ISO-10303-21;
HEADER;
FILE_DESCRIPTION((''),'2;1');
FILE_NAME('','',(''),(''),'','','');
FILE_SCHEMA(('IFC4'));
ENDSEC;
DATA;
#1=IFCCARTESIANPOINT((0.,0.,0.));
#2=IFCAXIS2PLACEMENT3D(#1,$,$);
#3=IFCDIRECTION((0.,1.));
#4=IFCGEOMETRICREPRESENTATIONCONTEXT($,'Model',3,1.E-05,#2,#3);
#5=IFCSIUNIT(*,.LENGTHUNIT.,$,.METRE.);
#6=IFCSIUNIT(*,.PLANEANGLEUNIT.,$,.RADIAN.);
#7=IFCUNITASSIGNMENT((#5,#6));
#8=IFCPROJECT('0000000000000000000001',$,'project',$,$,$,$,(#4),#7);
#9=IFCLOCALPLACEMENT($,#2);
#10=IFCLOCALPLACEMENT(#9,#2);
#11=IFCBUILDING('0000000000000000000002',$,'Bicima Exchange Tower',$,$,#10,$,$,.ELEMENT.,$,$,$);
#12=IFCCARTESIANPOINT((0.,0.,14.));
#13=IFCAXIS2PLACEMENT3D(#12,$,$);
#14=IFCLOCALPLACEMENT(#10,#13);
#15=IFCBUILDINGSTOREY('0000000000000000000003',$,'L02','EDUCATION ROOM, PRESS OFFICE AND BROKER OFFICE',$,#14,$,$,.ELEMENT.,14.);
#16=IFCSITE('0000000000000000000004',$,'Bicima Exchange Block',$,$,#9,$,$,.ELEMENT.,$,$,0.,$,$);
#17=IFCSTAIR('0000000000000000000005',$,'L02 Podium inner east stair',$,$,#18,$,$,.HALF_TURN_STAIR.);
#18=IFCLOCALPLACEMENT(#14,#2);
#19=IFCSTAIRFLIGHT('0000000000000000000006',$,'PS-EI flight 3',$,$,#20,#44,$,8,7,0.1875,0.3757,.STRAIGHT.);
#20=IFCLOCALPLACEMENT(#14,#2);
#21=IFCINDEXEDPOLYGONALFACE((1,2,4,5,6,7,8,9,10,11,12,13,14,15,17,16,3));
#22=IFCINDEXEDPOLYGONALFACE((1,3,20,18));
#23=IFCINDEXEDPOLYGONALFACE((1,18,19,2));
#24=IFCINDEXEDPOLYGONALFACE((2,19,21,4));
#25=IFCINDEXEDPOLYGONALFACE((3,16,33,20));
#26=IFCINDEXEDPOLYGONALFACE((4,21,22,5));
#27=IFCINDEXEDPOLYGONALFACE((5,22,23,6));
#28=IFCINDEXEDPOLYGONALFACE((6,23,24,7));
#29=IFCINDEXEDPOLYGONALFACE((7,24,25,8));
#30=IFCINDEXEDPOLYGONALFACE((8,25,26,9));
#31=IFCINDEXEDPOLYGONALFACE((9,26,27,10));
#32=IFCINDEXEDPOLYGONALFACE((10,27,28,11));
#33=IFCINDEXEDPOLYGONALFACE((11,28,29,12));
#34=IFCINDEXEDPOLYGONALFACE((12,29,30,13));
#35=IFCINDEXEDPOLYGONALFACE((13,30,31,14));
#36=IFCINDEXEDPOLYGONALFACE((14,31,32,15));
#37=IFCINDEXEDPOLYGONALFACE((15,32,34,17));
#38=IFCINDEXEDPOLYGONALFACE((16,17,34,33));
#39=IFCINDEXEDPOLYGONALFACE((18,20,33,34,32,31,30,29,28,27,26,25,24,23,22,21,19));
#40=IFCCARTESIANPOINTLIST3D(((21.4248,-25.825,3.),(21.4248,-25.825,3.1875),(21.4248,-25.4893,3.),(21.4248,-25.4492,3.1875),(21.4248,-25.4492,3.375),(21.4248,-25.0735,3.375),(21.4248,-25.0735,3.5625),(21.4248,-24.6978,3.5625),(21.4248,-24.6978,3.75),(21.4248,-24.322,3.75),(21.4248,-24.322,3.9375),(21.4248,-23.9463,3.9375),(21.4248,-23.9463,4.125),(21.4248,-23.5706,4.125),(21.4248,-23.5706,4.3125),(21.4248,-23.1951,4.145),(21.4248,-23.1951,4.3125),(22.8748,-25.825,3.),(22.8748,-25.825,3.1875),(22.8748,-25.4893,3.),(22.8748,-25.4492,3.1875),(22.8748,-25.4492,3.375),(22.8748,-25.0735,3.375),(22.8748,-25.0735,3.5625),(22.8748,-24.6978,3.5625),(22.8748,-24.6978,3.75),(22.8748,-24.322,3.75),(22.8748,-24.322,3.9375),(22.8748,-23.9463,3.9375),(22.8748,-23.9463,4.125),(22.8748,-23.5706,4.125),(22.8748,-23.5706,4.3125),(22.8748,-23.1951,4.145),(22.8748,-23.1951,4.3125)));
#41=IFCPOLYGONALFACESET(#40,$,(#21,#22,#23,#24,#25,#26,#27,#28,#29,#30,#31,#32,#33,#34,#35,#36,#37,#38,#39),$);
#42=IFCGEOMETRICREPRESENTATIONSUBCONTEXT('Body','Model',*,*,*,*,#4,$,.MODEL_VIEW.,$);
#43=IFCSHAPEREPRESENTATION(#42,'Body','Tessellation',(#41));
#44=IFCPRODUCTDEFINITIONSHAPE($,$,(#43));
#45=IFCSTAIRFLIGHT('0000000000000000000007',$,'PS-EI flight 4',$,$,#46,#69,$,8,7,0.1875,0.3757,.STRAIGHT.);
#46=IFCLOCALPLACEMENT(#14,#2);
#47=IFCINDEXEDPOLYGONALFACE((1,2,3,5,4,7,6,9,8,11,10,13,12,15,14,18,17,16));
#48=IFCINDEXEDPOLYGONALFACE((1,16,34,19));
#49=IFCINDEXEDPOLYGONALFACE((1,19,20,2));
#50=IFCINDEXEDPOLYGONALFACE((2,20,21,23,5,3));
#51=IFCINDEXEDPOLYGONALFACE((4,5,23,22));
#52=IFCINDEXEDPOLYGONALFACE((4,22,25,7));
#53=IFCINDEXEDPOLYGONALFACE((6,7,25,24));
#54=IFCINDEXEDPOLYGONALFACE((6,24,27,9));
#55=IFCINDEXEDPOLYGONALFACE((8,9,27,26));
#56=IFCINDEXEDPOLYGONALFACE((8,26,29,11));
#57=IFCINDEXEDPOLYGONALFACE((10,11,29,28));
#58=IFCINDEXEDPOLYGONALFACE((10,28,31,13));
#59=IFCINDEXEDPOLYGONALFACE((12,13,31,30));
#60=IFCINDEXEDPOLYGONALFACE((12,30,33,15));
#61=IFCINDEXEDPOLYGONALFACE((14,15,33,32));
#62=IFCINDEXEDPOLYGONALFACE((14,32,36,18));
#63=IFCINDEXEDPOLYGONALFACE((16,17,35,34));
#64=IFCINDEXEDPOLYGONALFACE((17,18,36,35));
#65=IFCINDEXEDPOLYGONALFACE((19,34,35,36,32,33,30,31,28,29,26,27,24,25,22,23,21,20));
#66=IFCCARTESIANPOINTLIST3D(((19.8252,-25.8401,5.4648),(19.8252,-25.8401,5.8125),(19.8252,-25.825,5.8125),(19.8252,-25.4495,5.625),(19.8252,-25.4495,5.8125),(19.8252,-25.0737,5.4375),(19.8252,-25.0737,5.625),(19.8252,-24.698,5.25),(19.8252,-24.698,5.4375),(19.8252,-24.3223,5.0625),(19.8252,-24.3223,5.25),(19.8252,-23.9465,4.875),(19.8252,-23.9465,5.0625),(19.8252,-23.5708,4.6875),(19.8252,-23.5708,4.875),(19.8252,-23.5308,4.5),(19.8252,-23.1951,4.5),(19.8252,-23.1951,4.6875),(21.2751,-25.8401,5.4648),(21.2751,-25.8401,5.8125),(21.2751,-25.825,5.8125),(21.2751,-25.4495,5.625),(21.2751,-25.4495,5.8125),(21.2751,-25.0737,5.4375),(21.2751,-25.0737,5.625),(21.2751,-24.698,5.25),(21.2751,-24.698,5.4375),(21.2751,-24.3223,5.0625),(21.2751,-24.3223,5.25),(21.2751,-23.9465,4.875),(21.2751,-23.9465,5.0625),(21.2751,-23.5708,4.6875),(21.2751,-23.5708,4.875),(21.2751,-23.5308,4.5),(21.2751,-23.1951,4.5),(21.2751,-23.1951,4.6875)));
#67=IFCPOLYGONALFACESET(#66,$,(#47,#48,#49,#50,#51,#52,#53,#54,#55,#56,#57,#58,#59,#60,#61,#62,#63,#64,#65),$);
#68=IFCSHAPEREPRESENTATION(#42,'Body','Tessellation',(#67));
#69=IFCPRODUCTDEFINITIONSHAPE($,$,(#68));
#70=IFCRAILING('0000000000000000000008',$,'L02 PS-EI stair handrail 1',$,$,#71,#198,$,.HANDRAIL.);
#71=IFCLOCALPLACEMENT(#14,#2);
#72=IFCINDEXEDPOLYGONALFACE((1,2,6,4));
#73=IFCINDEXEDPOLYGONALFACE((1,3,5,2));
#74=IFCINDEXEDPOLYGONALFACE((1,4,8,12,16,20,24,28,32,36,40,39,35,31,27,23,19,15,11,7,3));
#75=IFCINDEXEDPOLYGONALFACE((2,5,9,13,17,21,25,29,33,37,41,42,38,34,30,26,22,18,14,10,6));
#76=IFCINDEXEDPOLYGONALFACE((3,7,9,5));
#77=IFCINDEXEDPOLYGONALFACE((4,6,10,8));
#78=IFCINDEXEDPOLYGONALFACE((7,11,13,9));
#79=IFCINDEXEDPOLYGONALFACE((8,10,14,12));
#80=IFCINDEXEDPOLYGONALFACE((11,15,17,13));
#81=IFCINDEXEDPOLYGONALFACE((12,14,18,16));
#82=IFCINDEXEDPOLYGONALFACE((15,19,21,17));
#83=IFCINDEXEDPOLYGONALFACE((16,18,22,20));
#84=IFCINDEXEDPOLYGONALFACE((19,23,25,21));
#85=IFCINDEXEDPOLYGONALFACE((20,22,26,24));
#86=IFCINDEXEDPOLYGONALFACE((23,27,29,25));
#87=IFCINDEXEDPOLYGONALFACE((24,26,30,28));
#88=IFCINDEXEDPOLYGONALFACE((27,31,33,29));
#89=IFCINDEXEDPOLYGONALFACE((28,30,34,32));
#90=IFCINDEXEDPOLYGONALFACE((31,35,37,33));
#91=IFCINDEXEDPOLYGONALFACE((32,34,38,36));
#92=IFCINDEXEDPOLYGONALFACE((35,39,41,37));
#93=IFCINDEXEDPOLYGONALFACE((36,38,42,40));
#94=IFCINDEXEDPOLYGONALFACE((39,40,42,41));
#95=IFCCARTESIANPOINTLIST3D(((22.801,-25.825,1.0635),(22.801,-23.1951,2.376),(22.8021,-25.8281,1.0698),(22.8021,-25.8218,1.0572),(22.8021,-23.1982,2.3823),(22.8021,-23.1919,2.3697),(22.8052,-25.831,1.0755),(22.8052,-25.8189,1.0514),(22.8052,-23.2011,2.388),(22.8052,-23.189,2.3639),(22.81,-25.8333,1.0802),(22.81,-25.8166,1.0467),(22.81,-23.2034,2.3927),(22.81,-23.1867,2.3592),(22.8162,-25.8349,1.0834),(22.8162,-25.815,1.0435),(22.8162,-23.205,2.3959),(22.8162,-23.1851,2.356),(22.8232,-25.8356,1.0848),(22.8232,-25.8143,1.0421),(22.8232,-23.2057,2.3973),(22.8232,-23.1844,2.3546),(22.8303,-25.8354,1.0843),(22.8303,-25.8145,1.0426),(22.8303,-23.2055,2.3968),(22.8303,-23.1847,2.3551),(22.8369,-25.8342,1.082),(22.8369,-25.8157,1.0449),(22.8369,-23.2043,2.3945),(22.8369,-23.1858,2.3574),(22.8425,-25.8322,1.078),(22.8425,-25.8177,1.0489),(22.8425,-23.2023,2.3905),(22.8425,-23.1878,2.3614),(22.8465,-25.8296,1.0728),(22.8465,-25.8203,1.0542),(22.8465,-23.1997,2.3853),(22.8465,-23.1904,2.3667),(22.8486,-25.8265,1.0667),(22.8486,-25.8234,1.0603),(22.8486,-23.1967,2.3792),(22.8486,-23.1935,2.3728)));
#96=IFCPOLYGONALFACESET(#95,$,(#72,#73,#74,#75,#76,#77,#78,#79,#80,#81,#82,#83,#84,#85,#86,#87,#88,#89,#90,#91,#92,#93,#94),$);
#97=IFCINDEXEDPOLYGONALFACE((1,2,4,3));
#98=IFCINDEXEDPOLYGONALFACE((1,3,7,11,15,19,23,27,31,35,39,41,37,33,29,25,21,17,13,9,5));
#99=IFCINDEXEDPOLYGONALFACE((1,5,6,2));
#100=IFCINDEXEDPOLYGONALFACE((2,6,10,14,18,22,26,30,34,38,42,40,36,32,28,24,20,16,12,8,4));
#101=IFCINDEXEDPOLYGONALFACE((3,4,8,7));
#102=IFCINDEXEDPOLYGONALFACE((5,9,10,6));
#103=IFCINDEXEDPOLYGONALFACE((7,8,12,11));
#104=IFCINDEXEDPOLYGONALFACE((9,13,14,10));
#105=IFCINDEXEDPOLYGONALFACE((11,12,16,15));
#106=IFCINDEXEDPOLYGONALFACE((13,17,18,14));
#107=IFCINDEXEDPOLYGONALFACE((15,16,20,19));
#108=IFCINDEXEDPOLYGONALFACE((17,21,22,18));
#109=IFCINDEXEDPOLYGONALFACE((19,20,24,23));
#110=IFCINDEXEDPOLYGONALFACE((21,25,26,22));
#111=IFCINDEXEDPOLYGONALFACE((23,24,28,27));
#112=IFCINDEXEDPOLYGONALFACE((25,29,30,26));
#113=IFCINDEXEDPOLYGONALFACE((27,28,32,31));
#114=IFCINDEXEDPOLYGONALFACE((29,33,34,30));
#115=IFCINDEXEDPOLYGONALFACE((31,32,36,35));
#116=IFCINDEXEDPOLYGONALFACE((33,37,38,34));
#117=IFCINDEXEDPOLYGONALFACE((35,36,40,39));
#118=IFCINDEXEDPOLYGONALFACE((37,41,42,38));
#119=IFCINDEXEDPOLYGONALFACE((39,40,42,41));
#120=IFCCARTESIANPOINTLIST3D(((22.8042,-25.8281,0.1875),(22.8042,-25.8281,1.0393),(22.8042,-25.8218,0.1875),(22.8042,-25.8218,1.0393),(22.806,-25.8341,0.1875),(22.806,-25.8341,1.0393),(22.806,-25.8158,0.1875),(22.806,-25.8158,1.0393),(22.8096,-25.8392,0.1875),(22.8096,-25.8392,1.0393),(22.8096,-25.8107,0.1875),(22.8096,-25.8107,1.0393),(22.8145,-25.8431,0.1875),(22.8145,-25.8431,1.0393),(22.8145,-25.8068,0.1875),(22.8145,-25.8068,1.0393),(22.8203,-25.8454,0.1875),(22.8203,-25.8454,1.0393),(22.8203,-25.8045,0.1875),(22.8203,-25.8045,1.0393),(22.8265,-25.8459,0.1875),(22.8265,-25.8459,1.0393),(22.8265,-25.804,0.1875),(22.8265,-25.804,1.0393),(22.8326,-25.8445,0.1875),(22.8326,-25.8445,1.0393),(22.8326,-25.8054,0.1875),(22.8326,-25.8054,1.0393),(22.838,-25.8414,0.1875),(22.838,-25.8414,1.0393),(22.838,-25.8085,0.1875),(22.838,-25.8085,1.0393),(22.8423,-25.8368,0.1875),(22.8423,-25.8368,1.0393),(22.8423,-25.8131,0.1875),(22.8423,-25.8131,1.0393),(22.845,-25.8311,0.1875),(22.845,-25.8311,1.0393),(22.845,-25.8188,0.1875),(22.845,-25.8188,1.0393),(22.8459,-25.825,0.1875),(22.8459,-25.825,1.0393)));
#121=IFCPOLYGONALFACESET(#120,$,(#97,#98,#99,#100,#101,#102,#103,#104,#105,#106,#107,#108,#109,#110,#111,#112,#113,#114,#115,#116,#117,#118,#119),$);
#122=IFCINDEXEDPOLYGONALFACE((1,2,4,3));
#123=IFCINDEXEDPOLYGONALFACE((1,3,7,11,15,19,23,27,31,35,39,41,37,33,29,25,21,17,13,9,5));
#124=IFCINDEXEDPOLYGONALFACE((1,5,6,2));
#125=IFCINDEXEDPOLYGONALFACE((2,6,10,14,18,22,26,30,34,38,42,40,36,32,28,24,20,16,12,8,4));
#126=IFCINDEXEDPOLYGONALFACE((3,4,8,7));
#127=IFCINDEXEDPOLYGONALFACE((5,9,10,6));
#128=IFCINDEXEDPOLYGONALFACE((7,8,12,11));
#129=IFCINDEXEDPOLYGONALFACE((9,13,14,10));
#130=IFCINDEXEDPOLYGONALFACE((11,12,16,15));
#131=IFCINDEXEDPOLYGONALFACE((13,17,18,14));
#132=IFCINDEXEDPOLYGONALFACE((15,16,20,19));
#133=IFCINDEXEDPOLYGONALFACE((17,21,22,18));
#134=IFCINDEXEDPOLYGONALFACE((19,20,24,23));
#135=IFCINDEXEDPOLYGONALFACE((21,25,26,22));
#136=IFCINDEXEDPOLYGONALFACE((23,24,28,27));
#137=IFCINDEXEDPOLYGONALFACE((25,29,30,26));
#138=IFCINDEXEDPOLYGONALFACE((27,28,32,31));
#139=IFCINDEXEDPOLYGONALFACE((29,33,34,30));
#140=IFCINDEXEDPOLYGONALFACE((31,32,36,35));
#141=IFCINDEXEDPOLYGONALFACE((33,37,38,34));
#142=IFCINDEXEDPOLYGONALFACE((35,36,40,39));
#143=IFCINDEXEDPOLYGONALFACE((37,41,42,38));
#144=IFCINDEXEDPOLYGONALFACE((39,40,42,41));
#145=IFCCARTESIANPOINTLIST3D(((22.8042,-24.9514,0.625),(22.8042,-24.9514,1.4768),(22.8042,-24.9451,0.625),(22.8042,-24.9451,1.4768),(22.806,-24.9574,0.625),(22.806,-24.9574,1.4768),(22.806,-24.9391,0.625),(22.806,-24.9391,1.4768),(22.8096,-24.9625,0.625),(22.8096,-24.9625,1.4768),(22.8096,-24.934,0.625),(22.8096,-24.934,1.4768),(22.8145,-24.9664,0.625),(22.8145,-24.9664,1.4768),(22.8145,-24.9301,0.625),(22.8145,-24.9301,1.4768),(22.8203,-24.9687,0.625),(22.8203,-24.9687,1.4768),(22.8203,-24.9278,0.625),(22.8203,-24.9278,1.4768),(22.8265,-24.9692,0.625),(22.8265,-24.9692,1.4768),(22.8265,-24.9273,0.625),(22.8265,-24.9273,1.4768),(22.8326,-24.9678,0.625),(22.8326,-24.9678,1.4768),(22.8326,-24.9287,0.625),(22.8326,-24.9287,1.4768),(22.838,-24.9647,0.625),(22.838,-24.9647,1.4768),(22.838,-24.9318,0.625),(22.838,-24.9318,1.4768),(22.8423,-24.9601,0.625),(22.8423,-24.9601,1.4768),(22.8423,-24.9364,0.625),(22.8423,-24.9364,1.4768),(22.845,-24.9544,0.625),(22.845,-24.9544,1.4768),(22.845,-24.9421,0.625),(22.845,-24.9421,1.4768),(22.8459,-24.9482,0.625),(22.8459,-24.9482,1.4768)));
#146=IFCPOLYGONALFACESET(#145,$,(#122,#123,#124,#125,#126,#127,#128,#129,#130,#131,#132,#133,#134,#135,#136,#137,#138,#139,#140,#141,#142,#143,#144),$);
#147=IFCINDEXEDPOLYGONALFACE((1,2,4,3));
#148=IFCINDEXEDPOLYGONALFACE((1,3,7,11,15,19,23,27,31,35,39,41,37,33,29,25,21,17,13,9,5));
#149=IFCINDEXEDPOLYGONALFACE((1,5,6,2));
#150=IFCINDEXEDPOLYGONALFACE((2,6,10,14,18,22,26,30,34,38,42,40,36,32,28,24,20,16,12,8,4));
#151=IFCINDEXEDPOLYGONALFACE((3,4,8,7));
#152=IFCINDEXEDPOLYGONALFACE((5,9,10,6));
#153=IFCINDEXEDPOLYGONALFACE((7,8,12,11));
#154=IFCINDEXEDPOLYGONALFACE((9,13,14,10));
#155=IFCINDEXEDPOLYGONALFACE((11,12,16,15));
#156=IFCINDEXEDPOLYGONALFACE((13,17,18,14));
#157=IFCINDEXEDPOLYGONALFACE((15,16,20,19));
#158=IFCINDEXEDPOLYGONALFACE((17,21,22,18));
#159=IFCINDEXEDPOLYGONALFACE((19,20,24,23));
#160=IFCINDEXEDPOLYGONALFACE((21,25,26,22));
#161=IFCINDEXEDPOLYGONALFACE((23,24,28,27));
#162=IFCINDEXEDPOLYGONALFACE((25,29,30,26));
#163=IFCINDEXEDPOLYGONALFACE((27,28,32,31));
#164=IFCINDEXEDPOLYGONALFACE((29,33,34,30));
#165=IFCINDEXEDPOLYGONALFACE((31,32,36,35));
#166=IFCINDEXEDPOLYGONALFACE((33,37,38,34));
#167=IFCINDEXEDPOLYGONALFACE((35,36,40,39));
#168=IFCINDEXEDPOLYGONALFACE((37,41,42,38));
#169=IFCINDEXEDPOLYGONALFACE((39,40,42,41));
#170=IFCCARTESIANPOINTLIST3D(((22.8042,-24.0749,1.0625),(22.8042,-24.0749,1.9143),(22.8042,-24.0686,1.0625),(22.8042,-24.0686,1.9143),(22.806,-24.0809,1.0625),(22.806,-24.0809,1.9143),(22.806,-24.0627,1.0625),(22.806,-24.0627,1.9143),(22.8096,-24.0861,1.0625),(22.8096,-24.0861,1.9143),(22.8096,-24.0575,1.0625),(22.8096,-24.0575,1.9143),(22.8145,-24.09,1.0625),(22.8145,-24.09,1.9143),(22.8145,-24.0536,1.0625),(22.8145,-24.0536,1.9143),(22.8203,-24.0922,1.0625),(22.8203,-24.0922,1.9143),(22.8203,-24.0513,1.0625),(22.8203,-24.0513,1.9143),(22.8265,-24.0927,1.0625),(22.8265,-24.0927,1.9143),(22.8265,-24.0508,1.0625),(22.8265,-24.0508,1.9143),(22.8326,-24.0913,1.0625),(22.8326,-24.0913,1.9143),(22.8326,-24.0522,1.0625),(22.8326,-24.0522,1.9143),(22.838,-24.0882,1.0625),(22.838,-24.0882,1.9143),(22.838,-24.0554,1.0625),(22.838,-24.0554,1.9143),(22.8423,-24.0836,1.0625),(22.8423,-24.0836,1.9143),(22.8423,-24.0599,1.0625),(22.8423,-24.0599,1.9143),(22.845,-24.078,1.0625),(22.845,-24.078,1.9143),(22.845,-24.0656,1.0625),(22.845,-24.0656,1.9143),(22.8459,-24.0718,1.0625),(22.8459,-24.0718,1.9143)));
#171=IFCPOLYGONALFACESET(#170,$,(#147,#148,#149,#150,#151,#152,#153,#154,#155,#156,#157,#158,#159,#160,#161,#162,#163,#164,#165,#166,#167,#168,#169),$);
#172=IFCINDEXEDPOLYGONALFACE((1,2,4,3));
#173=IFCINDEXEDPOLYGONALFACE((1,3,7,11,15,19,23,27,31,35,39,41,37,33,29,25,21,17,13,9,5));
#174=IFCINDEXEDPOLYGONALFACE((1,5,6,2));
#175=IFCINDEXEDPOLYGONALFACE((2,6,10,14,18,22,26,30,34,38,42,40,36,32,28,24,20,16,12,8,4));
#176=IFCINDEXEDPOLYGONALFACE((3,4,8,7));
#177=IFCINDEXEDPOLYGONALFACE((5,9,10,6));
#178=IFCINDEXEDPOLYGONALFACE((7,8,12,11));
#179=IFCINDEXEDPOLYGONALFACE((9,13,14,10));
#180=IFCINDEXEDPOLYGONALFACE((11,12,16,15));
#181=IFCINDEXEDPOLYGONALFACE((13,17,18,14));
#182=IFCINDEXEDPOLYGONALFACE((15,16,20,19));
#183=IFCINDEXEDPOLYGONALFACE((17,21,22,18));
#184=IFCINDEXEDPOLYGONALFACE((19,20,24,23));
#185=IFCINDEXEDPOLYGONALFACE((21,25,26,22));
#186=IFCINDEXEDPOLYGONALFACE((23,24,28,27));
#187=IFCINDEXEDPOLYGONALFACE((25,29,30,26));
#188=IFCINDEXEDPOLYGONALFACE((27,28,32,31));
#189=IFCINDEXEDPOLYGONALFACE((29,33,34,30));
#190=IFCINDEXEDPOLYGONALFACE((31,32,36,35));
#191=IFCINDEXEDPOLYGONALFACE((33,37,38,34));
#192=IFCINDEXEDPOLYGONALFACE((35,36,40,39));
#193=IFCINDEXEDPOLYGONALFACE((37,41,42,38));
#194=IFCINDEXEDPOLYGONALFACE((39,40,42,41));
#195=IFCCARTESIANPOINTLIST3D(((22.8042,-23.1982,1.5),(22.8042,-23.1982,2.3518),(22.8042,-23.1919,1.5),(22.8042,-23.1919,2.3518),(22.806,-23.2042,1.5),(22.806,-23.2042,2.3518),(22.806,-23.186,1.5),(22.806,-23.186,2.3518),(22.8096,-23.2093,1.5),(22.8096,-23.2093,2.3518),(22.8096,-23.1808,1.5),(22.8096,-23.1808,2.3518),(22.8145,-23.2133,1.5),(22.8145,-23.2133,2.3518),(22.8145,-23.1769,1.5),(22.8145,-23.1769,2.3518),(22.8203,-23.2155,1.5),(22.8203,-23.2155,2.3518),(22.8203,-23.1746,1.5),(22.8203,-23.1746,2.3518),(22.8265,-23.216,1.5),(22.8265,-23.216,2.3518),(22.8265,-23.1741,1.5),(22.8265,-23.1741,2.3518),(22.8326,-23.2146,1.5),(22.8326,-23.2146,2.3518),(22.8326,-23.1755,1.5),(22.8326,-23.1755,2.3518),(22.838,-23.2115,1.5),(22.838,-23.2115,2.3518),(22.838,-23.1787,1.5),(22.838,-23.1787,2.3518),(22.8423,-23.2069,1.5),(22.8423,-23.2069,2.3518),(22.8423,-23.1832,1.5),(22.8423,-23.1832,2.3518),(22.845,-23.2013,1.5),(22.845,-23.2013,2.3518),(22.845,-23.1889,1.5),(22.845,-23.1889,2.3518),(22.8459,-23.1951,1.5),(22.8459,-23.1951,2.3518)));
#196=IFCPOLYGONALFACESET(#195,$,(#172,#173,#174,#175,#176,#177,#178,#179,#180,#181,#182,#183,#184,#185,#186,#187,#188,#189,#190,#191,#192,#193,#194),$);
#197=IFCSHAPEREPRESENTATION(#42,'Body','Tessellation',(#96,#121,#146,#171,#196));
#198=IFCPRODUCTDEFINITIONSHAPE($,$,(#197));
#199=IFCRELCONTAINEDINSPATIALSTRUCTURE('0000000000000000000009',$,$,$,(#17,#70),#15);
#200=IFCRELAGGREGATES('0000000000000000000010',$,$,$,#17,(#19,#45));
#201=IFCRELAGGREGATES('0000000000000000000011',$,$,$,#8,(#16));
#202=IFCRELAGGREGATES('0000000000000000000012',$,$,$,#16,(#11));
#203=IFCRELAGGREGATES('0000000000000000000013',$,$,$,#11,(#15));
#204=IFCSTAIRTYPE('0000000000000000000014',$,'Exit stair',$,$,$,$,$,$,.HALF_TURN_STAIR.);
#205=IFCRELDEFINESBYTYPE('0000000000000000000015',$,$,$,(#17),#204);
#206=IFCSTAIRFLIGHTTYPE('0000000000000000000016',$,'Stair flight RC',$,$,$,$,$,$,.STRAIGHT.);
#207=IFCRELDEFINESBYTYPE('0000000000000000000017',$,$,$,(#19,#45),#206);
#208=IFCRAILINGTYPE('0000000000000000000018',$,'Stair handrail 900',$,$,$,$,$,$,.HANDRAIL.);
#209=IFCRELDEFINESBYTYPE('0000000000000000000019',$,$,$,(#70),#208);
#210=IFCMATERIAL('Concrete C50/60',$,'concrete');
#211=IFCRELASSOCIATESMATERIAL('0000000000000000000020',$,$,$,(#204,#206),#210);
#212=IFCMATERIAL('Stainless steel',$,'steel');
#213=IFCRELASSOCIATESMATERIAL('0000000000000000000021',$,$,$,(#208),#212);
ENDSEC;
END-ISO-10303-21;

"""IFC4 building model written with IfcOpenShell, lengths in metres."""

from ifc_helpers import new_model, si_unit, direction, frame, origin, origin_2d, place, context, subcontext, project, spatial, polyline, circle, outline, extrude, material, type_object, element, aggregate, save


model = new_model("IFC4")

# Units and contexts
model_context = context("Model", 3, precision=1e-05, world=origin(), true_north=direction((0.0, 1.0)))
body_context = subcontext(model_context, "Body", "Model", "MODEL_VIEW")
ifc_project = project(units=[si_unit("LENGTHUNIT", "METRE"), si_unit("PLANEANGLEUNIT", "RADIAN")], contexts=[model_context])

# Site, building, storey
site_placement = place(None, origin())
site = spatial("IfcSite", under=ifc_project, at=site_placement, Name="Bicima Exchange Block", CompositionType="ELEMENT", RefElevation=0.0)
building_placement = place(site_placement, origin())
building = spatial("IfcBuilding", under=site, at=building_placement, Name="Bicima Exchange Tower", CompositionType="ELEMENT")
storey_placement = place(building_placement, frame((0.0, 0.0, 14.0)))
storey = spatial("IfcBuildingStorey", under=building, at=storey_placement, Name="L02", Description="EDUCATION ROOM, PRESS OFFICE AND BROKER OFFICE", CompositionType="ELEMENT", Elevation=14.0)

# Shared definitions
ifc_material_1 = material(Name="Concrete C50/60", Category="concrete")

# Stair, stair flights
stair_type = type_object("IfcStairType", Name="Exit stair", PredefinedType="HALF_TURN_STAIR", material=ifc_material_1)
stair_placement = place(storey_placement, origin())
stair = element("IfcStair", 1, at=stair_placement, inside=storey, type_object=stair_type, Name="L02 Podium inner east stair", PredefinedType="HALF_TURN_STAIR")
stair_flight_type = type_object("IfcStairFlightType", Name="Stair flight RC", PredefinedType="STRAIGHT", material=ifc_material_1)
stair_flight_1_placement = place(storey_placement, frame((22.1499, -25.825, 3.0), z_axis=(0.0, 0.0, 1.0), x_axis=(0.0, 1.0, 0.0)))
stair_flight_1 = element("IfcStairFlight", 2, at=stair_flight_1_placement, type_object=stair_flight_type, Name="PS-EI flight 3", NumberOfRisers=8, NumberOfTreads=7, PredefinedType="STRAIGHT", RiserHeight=0.1875, TreadLength=0.3757, context=body_context, shape_type="SweptSolid", body=[
    extrude(outline(polyline([(0.0, 0.0), (0.0, 0.1875), (0.3757, 0.1875), (0.3757, 0.375), (0.7515, 0.375), (0.7515, 0.5625), (1.1272, 0.5625), (1.1272, 0.75), (1.5029, 0.75), (1.5029, 0.9375), (1.8787, 0.9375), (1.8787, 1.125), (2.2544, 1.125), (2.2544, 1.3125), (2.6299, 1.3125), (2.6299, 1.5), (2.6299, 1.145), (0.3357, 0.0), (0.0, 0.0)])), frame((0.0, 0.7251, 0.0), z_axis=(0.0, -1.0, 0.0), x_axis=(1.0, 0.0, 0.0)), (0.0, 0.0, 1.0), 1.45),
])
stair_flight_2_placement = place(storey_placement, frame((20.55, -23.1951, 4.5), z_axis=(0.0, 0.0, 1.0), x_axis=(0.0, -1.0, 0.0)))
stair_flight_2 = element("IfcStairFlight", 3, at=stair_flight_2_placement, type_object=stair_flight_type, Name="PS-EI flight 4", NumberOfRisers=8, NumberOfTreads=7, PredefinedType="STRAIGHT", RiserHeight=0.1875, TreadLength=0.3757, context=body_context, shape_type="SweptSolid", body=[
    extrude(outline(polyline([(0.0, 0.0), (0.0, 0.1875), (0.3757, 0.1875), (0.3757, 0.375), (0.7515, 0.375), (0.7515, 0.5625), (1.1272, 0.5625), (1.1272, 0.75), (1.5029, 0.75), (1.5029, 0.9375), (1.8787, 0.9375), (1.8787, 1.125), (2.2544, 1.125), (2.2544, 1.3125), (2.6299, 1.3125), (2.645, 1.3125), (2.645, 0.9648), (0.3357, 0.0), (0.0, 0.0)])), frame((0.0, 0.7251, 0.0), z_axis=(0.0, -1.0, 0.0), x_axis=(1.0, 0.0, 0.0)), (0.0, 0.0, 1.0), 1.45),
])
aggregate(stair, [stair_flight_1, stair_flight_2])

# Railing
ifc_material_2 = material(Name="Stainless steel", Category="steel")
railing_type_1 = type_object("IfcRailingType", Name="Stair handrail 900", PredefinedType="HANDRAIL", material=ifc_material_2)
railing_1_placement = place(storey_placement, frame((22.825, -25.825, 0.1875)))
element("IfcRailing", 4, at=railing_1_placement, inside=storey, type_object=railing_type_1, Name="L02 PS-EI stair handrail 1", PredefinedType="HANDRAIL", context=body_context, shape_type="SweptSolid", body=[
    extrude(circle(Radius=0.0239, at=origin_2d()), frame((0.0, 0.0, 0.876), z_axis=(0.0, 0.894759, 0.446549), x_axis=(-1.0, 0.0, 0.0)), (0.0, 0.0, 1.0), 2.9392),
    extrude(circle(Radius=0.021, at=origin_2d()), origin(), (0.0, 0.0, 1.0), 0.8518),
    extrude(circle(Radius=0.021, at=origin_2d()), frame((0.0, 0.8767, 0.4375)), (0.0, 0.0, 1.0), 0.8518),
    extrude(circle(Radius=0.021, at=origin_2d()), frame((0.0, 1.7532, 0.875)), (0.0, 0.0, 1.0), 0.8518),
    extrude(circle(Radius=0.021, at=origin_2d()), frame((0.0, 2.6299, 1.3125)), (0.0, 0.0, 1.0), 0.8518),
])

save(model, "model.ifc")
